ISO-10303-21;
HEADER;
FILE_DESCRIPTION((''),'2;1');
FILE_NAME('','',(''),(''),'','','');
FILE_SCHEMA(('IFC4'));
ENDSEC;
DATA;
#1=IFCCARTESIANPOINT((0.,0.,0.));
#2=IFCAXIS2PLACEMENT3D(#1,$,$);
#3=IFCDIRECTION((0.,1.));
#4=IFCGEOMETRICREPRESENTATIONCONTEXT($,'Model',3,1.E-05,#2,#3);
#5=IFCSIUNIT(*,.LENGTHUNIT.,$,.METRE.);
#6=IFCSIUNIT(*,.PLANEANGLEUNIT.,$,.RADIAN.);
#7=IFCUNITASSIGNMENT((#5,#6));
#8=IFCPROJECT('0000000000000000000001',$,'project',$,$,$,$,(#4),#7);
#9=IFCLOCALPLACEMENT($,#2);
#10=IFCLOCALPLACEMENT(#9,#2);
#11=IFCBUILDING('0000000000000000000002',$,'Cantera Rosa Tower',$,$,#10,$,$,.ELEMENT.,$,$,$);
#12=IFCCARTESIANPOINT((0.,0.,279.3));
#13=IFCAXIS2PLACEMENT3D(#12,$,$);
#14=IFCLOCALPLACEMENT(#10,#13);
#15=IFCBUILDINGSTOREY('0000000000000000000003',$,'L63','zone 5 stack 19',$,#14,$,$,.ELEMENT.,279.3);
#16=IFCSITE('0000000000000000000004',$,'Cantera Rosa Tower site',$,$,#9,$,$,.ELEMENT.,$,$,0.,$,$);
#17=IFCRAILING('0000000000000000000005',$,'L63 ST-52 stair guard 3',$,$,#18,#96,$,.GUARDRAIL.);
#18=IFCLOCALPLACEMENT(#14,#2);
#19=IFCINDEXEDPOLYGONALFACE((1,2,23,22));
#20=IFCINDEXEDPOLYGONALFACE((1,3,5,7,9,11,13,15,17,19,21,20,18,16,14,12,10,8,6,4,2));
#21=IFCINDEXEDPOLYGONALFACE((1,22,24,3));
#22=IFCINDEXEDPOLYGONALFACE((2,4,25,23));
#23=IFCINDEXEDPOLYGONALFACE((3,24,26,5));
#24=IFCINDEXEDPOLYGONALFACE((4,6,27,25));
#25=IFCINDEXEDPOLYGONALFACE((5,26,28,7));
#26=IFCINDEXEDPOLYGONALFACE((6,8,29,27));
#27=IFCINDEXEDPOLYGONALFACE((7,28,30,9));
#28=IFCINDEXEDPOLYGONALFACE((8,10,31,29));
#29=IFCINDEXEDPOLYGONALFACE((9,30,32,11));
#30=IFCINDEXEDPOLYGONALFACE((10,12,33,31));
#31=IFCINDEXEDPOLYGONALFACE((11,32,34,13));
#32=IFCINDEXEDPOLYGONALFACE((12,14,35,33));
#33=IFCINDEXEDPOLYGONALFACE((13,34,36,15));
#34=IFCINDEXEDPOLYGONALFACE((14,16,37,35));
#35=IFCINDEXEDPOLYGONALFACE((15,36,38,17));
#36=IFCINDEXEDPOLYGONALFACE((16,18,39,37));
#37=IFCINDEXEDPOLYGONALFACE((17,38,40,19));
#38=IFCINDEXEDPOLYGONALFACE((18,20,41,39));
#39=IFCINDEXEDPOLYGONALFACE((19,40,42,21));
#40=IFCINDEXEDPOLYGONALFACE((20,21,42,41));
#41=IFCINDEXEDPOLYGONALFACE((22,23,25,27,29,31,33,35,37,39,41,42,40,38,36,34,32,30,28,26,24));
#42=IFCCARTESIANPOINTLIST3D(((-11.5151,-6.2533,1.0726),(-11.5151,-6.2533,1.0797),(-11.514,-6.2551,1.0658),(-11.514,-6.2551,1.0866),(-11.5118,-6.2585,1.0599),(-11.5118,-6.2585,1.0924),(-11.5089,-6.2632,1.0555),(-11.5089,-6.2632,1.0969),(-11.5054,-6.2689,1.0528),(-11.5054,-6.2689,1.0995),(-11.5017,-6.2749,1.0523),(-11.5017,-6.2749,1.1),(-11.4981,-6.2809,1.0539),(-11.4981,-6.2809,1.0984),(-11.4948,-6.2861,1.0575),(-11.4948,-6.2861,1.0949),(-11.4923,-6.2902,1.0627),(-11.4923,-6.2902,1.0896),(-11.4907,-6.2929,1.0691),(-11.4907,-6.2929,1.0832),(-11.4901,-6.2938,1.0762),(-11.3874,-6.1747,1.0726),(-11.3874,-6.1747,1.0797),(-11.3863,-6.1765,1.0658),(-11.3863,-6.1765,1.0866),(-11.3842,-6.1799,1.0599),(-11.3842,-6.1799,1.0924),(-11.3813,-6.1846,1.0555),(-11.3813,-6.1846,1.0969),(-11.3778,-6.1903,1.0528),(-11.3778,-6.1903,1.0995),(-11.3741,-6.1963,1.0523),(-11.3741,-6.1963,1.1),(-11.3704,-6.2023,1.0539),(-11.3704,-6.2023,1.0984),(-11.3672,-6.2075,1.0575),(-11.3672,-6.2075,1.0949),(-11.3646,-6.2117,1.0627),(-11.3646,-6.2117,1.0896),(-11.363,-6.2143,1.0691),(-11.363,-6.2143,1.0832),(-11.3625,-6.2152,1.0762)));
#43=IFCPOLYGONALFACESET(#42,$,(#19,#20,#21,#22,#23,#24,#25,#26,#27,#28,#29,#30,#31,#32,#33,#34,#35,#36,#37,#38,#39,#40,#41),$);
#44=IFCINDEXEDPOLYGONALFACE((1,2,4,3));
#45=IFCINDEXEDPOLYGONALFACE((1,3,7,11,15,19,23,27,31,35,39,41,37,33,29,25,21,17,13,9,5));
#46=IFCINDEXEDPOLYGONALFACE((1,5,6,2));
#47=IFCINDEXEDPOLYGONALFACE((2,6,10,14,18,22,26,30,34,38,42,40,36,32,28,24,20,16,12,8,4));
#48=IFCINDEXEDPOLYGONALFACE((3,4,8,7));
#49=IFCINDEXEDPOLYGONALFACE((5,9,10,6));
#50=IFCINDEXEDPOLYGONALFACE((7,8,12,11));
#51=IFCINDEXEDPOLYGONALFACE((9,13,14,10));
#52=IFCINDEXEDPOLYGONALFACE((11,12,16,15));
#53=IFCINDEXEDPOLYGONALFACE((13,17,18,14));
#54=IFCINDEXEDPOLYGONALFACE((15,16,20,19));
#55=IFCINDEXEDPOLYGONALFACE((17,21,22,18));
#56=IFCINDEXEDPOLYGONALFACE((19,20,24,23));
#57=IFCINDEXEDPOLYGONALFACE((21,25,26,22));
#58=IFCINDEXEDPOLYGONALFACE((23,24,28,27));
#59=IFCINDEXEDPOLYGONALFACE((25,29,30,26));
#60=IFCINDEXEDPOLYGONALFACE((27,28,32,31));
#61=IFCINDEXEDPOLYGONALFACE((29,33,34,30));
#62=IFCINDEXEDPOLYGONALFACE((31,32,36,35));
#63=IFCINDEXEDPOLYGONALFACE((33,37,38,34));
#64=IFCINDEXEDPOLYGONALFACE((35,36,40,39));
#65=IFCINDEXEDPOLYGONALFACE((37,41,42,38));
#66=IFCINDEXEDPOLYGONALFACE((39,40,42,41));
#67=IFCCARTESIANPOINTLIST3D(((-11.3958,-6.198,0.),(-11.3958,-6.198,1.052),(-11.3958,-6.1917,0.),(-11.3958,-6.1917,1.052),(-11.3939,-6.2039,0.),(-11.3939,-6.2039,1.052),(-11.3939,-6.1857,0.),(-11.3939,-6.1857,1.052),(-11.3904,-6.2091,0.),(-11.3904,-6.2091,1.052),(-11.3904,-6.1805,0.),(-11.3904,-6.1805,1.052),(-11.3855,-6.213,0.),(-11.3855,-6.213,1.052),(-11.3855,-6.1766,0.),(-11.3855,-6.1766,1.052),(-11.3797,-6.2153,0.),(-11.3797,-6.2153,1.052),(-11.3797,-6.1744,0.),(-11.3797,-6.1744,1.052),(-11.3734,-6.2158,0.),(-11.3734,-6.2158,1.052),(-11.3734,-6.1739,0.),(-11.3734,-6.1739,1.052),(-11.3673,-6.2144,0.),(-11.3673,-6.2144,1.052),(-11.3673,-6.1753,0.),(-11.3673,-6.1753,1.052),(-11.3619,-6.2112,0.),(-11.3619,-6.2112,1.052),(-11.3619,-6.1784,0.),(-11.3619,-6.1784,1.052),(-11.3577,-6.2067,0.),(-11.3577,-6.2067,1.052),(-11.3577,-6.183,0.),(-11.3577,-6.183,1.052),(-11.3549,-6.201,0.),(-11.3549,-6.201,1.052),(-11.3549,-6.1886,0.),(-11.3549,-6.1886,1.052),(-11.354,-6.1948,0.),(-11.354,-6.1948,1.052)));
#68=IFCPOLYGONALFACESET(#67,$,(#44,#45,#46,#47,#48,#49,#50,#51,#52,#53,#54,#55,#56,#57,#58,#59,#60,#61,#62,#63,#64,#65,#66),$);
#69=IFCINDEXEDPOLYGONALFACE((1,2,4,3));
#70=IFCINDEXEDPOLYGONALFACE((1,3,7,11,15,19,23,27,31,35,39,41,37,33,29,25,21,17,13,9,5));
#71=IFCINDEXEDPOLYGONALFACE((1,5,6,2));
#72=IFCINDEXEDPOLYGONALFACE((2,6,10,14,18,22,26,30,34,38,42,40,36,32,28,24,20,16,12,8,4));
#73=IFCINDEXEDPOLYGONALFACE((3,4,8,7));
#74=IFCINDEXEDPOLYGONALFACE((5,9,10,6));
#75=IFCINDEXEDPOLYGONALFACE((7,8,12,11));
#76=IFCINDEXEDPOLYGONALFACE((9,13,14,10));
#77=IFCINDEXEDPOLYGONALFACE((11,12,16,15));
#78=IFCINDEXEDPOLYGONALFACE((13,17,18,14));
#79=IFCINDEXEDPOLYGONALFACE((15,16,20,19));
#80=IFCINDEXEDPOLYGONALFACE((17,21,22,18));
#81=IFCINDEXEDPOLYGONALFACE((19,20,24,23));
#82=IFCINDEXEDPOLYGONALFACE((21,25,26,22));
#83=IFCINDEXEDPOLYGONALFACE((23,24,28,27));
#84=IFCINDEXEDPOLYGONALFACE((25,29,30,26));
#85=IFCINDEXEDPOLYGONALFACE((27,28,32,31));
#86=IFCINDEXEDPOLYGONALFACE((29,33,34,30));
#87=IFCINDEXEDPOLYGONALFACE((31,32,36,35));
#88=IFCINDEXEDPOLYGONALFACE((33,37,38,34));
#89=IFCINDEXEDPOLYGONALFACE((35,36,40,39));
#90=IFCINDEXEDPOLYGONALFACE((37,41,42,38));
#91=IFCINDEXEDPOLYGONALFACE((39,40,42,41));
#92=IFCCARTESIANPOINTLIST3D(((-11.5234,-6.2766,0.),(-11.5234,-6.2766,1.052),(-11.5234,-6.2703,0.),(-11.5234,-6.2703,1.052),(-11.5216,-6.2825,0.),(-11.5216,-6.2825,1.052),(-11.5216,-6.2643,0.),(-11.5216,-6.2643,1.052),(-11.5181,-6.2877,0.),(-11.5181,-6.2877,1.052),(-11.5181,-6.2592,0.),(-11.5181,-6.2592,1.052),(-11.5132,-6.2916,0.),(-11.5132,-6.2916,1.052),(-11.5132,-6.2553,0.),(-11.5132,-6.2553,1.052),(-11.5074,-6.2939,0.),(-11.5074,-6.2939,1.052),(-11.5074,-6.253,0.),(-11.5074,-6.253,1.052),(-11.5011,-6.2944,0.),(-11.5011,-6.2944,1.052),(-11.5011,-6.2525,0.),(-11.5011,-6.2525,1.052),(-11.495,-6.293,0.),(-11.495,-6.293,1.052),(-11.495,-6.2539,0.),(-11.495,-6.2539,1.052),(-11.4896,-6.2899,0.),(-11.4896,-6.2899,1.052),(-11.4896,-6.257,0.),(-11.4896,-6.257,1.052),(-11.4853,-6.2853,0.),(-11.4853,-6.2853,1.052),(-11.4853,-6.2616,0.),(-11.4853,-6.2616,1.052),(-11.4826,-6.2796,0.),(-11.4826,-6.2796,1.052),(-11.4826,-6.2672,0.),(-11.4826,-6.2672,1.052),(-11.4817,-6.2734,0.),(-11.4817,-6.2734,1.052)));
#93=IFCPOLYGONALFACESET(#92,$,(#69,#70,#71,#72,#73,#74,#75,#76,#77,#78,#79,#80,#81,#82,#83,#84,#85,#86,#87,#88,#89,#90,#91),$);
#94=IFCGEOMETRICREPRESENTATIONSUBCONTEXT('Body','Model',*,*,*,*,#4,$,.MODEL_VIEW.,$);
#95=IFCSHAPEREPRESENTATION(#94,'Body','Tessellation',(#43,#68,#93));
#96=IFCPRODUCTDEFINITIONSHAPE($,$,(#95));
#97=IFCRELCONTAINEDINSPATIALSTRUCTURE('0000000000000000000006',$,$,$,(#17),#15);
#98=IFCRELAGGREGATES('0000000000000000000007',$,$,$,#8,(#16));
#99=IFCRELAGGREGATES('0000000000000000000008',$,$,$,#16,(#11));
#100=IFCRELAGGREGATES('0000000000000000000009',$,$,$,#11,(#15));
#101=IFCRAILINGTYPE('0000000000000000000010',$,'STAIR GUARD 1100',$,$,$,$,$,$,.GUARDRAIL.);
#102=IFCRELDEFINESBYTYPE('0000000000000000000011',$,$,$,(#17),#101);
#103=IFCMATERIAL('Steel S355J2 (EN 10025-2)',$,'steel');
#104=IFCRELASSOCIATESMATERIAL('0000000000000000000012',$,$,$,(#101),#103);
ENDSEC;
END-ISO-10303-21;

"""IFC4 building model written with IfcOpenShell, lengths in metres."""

from ifc_helpers import new_model, si_unit, direction, frame, origin, origin_2d, place, context, subcontext, project, spatial, circle, extrude, material, type_object, element, save


model = new_model("IFC4")

# Units and contexts
model_context = context("Model", 3, precision=1e-05, world=origin(), true_north=direction((0.0, 1.0)))
body_context = subcontext(model_context, "Body", "Model", "MODEL_VIEW")
ifc_project = project(units=[si_unit("LENGTHUNIT", "METRE"), si_unit("PLANEANGLEUNIT", "RADIAN")], contexts=[model_context])

# Site, building, storey
site_placement = place(None, origin())
site = spatial("IfcSite", under=ifc_project, at=site_placement, Name="Cantera Rosa Tower site", CompositionType="ELEMENT", RefElevation=0.0)
building_placement = place(site_placement, origin())
building = spatial("IfcBuilding", under=site, at=building_placement, Name="Cantera Rosa Tower", CompositionType="ELEMENT")
storey_placement = place(building_placement, frame((0.0, 0.0, 279.3)))
storey = spatial("IfcBuildingStorey", under=building, at=storey_placement, Name="L63", Description="zone 5 stack 19", CompositionType="ELEMENT", Elevation=279.3)

# Railing
ifc_material_1 = material(Name="Steel S355J2 (EN 10025-2)", Category="steel")
railing_type_1 = type_object("IfcRailingType", Name="STAIR GUARD 1100", PredefinedType="GUARDRAIL", material=ifc_material_1)
railing_1_placement = place(storey_placement, frame((-11.375, -6.1948, 0.0)))
element("IfcRailing", 1, at=railing_1_placement, inside=storey, type_object=railing_type_1, Name="L63 ST-52 stair guard 3", PredefinedType="GUARDRAIL", context=body_context, shape_type="SweptSolid", body=[
    extrude(circle(Radius=0.0239, at=origin_2d()), frame((0.0, 0.0, 1.0762), z_axis=(-0.851546, -0.524279, 0.0), x_axis=(0.524279, -0.851546, 0.0)), (0.0, 0.0, 1.0), 0.1499),
    extrude(circle(Radius=0.021, at=origin_2d()), origin(), (0.0, 0.0, 1.0), 1.052),
    extrude(circle(Radius=0.021, at=origin_2d()), frame((-0.1277, -0.0786, 0.0)), (0.0, 0.0, 1.0), 1.052),
])

save(model, "model.ifc")
